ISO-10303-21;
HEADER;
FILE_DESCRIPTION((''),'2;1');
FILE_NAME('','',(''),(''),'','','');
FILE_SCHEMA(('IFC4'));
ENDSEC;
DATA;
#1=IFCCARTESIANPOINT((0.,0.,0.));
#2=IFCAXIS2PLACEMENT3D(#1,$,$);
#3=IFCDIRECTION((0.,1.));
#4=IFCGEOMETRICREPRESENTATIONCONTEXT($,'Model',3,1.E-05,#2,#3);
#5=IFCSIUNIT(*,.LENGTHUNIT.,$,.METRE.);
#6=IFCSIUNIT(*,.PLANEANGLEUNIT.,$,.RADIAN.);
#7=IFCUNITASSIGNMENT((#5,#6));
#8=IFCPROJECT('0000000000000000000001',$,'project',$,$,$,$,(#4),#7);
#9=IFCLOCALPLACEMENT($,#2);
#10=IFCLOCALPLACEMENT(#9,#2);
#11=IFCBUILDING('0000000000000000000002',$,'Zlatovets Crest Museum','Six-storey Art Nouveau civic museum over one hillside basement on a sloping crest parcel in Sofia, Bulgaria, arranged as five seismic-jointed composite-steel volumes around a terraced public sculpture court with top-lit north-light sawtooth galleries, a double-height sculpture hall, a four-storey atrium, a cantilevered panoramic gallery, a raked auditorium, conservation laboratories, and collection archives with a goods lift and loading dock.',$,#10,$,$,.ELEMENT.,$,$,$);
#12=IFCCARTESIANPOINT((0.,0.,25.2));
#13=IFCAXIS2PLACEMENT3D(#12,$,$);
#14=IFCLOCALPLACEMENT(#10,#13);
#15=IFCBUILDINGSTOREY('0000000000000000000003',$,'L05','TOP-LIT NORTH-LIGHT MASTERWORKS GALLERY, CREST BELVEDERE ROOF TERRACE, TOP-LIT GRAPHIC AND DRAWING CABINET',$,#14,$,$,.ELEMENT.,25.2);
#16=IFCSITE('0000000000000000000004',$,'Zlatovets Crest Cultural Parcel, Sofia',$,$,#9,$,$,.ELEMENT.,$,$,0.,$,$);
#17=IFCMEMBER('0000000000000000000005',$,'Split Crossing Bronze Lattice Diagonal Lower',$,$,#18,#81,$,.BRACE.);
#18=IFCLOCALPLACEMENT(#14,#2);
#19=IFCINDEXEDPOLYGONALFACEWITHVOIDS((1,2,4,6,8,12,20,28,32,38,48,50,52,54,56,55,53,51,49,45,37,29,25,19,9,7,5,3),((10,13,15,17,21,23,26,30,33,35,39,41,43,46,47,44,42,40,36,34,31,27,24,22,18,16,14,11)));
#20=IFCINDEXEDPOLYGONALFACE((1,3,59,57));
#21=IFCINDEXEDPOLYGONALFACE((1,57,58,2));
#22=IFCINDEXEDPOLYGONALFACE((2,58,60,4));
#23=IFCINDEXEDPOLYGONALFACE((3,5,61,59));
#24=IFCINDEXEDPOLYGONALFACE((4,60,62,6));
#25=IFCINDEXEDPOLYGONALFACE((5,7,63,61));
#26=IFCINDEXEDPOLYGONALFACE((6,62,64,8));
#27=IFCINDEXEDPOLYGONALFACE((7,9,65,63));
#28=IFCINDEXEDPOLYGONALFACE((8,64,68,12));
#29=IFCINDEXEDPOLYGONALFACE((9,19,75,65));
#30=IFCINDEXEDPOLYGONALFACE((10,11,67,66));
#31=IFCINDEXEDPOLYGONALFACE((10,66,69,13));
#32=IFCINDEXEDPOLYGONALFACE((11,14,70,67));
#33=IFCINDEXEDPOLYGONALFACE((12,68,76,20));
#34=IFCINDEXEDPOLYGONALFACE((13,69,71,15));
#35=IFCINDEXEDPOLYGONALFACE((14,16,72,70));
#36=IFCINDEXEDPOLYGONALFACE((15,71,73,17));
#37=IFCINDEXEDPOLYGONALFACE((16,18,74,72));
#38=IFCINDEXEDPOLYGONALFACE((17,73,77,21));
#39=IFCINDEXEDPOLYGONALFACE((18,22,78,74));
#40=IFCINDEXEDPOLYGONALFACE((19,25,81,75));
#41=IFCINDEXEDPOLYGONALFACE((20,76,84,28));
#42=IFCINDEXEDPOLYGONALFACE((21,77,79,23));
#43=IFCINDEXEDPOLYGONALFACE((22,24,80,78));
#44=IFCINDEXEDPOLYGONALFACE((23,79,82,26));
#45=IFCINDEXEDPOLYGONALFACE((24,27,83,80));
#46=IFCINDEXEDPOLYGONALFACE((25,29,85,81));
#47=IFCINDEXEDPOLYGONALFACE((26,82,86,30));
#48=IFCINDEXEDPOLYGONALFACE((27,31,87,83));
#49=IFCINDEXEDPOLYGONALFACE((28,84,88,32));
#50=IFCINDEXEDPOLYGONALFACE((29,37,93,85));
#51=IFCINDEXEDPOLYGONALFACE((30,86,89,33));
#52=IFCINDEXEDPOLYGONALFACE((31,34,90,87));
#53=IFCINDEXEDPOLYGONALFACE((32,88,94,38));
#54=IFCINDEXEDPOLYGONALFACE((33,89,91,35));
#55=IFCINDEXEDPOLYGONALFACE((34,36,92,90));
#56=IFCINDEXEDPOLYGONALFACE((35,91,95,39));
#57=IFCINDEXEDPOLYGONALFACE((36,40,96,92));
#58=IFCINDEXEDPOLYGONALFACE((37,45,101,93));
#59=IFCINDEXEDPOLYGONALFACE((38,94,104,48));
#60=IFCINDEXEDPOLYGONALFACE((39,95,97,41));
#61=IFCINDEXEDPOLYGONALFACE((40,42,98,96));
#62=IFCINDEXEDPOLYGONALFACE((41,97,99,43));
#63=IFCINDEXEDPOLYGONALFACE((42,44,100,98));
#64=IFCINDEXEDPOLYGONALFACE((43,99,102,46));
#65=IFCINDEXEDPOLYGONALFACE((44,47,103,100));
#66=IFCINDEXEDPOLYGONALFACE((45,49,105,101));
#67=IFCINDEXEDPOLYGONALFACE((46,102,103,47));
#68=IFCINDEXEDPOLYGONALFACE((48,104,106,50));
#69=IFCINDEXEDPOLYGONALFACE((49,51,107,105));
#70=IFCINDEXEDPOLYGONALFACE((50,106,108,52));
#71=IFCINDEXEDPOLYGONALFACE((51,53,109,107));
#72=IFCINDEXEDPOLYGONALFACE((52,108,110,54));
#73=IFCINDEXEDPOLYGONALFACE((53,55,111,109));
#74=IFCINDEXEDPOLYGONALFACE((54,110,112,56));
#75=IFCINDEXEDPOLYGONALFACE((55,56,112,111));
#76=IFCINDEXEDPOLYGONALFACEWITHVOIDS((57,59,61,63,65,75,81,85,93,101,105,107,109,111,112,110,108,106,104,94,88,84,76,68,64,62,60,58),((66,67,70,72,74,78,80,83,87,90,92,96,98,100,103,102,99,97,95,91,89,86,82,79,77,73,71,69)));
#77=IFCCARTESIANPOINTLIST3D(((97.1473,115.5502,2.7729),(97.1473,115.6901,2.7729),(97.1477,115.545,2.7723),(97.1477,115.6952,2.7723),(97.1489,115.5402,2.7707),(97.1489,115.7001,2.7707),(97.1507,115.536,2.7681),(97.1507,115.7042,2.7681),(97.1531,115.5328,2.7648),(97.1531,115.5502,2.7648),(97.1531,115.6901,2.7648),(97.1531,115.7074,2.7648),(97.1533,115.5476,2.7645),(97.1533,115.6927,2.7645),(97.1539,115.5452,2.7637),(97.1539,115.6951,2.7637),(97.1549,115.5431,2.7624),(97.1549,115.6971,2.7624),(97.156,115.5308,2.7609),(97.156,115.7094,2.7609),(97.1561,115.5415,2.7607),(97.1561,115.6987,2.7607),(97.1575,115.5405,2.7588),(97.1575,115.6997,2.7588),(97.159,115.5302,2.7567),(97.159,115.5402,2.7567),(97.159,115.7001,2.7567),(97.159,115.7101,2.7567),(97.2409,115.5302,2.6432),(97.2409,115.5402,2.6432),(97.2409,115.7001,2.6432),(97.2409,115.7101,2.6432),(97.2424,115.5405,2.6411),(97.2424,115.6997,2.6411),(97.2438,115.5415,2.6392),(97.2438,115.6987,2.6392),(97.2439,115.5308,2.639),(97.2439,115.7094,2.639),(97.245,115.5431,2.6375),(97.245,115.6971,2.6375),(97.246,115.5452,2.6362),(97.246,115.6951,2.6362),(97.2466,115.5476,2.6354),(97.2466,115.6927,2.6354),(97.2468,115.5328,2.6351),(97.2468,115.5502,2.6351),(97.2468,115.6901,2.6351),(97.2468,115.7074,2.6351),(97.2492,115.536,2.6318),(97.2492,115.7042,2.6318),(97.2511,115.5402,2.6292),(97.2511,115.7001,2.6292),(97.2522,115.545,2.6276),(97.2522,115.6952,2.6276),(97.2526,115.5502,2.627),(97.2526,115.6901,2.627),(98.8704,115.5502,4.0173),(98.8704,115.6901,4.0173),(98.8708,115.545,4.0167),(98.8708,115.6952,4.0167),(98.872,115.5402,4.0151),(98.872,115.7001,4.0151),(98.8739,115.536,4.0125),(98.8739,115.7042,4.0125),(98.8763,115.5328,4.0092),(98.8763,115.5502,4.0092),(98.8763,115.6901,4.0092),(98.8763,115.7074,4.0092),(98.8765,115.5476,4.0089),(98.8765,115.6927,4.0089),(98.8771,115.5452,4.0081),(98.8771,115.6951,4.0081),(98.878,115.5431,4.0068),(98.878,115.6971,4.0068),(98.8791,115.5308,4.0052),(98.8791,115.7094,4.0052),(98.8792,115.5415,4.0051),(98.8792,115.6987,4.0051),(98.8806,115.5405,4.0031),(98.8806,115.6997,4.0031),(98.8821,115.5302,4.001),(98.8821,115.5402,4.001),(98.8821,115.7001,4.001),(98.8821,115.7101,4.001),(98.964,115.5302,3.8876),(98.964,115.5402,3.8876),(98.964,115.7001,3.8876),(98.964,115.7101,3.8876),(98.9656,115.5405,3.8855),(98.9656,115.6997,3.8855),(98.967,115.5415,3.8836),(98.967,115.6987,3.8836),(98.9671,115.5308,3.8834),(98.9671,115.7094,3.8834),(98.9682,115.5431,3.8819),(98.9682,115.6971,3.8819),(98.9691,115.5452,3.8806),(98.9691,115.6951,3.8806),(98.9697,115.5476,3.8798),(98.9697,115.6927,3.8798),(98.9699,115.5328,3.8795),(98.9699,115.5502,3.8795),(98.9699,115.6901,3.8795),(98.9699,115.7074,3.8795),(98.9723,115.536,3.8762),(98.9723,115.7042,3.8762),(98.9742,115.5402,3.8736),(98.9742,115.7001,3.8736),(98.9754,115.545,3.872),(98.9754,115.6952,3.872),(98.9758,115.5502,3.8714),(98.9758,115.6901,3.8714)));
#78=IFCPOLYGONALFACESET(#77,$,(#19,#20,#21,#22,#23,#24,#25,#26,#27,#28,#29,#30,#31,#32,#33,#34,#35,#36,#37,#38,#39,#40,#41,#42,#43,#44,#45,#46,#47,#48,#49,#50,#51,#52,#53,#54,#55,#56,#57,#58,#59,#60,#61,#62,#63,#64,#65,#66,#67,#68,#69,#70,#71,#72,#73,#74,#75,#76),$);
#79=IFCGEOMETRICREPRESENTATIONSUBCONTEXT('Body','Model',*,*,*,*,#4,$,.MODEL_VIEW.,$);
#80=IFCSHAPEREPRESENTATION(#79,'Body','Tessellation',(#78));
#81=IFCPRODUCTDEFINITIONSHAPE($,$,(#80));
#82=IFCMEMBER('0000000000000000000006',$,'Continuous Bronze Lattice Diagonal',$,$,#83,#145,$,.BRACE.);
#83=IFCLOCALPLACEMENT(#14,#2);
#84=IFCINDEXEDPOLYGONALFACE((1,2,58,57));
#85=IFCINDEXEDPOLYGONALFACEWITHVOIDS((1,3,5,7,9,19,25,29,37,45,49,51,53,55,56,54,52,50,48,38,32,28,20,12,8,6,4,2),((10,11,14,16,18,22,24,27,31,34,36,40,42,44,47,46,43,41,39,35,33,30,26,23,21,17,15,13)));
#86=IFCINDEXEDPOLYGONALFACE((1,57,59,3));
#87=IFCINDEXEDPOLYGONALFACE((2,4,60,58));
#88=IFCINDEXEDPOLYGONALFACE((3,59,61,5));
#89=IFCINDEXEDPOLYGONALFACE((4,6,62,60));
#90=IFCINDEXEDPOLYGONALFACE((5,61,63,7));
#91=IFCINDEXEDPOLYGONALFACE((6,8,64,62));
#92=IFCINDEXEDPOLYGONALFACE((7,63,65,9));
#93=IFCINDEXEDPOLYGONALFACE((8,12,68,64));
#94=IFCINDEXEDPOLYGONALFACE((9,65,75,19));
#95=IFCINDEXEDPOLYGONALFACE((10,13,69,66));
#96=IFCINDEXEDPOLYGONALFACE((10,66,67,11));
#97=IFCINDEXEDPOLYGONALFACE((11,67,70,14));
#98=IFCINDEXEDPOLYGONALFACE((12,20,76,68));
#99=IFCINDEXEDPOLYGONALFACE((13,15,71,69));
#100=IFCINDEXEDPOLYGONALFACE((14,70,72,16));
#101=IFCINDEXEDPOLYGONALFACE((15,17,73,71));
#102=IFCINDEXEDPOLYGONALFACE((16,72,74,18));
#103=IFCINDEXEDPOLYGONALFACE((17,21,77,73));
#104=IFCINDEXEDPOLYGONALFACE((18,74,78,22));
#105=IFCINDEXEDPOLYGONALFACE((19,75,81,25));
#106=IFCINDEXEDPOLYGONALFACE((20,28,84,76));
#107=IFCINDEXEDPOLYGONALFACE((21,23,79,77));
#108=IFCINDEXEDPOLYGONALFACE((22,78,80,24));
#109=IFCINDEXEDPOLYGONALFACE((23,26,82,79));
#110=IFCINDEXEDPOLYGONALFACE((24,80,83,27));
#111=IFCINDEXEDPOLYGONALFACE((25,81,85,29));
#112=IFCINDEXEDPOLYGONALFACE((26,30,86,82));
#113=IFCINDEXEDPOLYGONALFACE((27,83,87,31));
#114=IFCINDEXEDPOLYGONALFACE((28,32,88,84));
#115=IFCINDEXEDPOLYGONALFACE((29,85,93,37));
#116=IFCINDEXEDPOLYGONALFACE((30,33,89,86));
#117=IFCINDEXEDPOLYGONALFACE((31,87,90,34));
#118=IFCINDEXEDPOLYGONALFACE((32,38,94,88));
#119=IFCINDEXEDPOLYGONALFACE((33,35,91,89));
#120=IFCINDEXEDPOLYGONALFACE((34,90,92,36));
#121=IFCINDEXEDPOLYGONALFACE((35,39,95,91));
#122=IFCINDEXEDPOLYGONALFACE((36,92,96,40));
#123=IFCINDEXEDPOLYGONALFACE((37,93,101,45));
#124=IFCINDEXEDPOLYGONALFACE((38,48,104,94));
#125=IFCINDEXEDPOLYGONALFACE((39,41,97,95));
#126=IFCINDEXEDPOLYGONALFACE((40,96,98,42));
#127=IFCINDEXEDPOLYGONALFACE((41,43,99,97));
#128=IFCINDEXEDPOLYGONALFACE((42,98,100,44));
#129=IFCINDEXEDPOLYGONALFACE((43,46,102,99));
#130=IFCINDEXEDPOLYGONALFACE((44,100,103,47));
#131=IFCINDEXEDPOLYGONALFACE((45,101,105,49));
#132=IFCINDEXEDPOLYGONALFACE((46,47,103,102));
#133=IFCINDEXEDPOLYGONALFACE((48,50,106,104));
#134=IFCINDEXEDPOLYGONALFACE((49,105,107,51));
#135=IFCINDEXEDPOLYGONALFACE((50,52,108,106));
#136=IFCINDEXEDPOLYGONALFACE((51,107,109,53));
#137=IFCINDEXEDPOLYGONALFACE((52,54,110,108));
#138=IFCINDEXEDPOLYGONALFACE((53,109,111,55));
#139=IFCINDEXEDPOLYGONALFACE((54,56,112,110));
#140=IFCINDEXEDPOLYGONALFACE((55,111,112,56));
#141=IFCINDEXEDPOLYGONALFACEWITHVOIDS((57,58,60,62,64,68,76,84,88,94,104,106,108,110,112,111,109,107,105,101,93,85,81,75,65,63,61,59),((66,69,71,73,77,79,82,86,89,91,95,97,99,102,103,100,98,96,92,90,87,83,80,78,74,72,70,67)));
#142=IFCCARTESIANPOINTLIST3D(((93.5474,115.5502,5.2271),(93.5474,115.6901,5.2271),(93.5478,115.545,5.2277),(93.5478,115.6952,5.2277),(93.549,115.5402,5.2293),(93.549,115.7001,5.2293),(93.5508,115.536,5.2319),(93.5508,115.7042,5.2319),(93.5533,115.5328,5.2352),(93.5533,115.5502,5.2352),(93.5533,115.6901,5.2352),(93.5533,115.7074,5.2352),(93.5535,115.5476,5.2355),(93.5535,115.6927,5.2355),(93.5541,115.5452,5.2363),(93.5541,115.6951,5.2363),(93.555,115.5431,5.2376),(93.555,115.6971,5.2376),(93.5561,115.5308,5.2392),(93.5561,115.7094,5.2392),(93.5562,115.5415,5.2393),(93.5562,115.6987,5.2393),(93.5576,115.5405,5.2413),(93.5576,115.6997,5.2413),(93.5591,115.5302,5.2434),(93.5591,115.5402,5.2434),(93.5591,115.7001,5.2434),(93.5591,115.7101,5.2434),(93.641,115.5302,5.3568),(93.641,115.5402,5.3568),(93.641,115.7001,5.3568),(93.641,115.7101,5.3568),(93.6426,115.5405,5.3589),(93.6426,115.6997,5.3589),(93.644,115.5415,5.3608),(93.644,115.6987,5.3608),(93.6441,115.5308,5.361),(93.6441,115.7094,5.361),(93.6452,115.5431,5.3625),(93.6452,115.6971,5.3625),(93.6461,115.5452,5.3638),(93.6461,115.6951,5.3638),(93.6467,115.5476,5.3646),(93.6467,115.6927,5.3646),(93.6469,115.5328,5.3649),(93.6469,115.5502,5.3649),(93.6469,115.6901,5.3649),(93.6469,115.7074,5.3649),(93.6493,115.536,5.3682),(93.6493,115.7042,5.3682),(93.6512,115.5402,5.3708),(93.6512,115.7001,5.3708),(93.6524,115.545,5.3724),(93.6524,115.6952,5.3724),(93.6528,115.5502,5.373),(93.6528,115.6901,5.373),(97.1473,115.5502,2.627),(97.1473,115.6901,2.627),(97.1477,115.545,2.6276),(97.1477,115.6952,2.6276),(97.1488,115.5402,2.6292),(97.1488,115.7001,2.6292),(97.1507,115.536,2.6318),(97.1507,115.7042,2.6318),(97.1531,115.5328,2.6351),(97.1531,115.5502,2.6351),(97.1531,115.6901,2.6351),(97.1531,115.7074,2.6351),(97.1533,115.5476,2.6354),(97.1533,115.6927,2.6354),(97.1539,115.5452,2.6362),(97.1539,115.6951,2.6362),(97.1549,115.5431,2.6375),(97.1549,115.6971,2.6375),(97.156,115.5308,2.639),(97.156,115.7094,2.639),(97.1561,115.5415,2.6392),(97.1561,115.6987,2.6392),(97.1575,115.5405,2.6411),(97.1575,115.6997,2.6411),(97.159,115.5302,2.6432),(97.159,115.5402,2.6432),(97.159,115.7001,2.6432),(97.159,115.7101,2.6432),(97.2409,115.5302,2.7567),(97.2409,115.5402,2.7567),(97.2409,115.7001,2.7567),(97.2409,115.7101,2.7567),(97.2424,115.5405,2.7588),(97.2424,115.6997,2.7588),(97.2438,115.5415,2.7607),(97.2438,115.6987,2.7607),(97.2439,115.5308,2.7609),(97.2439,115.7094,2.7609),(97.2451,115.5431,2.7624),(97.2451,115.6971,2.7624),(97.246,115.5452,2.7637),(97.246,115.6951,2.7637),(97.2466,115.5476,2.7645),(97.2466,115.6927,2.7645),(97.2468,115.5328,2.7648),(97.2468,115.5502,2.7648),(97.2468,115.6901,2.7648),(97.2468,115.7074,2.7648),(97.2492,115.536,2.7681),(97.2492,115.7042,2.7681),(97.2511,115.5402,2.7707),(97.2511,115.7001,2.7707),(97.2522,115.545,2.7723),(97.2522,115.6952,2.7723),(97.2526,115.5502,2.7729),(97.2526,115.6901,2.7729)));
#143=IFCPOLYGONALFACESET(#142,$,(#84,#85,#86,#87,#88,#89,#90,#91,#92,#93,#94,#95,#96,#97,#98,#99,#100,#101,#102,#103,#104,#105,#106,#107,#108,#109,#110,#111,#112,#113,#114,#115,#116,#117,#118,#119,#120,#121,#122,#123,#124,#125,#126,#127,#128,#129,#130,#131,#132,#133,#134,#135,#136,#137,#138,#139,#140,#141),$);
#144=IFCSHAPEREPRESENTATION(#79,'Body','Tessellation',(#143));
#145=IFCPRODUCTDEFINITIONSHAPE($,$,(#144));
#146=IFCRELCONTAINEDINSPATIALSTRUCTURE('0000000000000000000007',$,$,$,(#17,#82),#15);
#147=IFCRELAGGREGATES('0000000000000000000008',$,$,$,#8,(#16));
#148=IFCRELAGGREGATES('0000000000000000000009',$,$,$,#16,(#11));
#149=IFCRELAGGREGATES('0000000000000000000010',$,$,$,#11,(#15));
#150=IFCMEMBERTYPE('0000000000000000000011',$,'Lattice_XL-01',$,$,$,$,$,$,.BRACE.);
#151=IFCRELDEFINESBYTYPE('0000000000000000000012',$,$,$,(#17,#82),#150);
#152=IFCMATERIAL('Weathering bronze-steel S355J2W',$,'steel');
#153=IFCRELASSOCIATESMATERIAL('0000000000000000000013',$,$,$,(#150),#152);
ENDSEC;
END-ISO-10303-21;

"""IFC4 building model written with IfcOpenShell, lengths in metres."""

from ifc_helpers import new_model, si_unit, direction, frame, origin, origin_2d, place, context, subcontext, project, spatial, hollow_rectangle, extrude, material, material_profile, profile_set, type_object, element, save


model = new_model("IFC4")

# Units and contexts
model_context = context("Model", 3, precision=1e-05, world=origin(), true_north=direction((0.0, 1.0)))
body_context = subcontext(model_context, "Body", "Model", "MODEL_VIEW")
ifc_project = project(units=[si_unit("LENGTHUNIT", "METRE"), si_unit("PLANEANGLEUNIT", "RADIAN")], contexts=[model_context])

# Site, building, storey
site_placement = place(None, origin())
site = spatial("IfcSite", under=ifc_project, at=site_placement, Name="Zlatovets Crest Cultural Parcel, Sofia", CompositionType="ELEMENT", RefElevation=0.0)
building_placement = place(site_placement, origin())
building = spatial("IfcBuilding", under=site, at=building_placement, Name="Zlatovets Crest Museum", Description="Six-storey Art Nouveau civic museum over one hillside basement on a sloping crest parcel in Sofia, Bulgaria, arranged as five seismic-jointed composite-steel volumes around a terraced public sculpture court with top-lit north-light sawtooth galleries, a double-height sculpture hall, a four-storey atrium, a cantilevered panoramic gallery, a raked auditorium, conservation laboratories, and collection archives with a goods lift and loading dock.", CompositionType="ELEMENT")
storey_placement = place(building_placement, frame((0.0, 0.0, 25.2)))
storey = spatial("IfcBuildingStorey", under=building, at=storey_placement, Name="L05", Description="TOP-LIT NORTH-LIGHT MASTERWORKS GALLERY, CREST BELVEDERE ROOF TERRACE, TOP-LIT GRAPHIC AND DRAWING CABINET", CompositionType="ELEMENT", Elevation=25.2)

# Members
ifc_material_1 = material(Name="Weathering bronze-steel S355J2W", Category="steel")
ifc_material_profile_1 = material_profile(ifc_material_1, hollow_rectangle(XDim=0.1799, YDim=0.1799, WallThickness=0.01, InnerFilletRadius=0.01, OuterFilletRadius=0.02, at=origin_2d()), Name="SHS 180x180x10.0")
ifc_profile_set_1 = profile_set([ifc_material_profile_1], Name="Weathering bronze-steel S355J2W")
member_type_1 = type_object("IfcMemberType", Name="Lattice_XL-01", PredefinedType="BRACE", material=ifc_profile_set_1)
for number, where, z_axis, x_axis, name in (
    (1, (98.9231, 115.6201, 3.9443), (-0.810703, 0.0, -0.585457), (0.0, -1.0, 0.0), "Split Crossing Bronze Lattice Diagonal Lower"),
):
    element("IfcMember", number, at=place(storey_placement, frame(where, z_axis=z_axis, x_axis=x_axis)), inside=storey, type_object=member_type_1, Name=name, PredefinedType="BRACE", context=body_context, shape_type="SweptSolid", body=[
        extrude(hollow_rectangle(XDim=0.1799, YDim=0.1799, WallThickness=0.01, InnerFilletRadius=0.01, OuterFilletRadius=0.02, at=origin_2d()), origin(), (0.0, 0.0, 1.0), 2.1255),
    ])
member_1_placement = place(storey_placement, frame((97.2, 115.6201, 2.7), z_axis=(-0.810657, 0.0, 0.585521), x_axis=(0.0, -1.0, 0.0)))
element("IfcMember", 2, at=member_1_placement, inside=storey, type_object=member_type_1, Name="Continuous Bronze Lattice Diagonal", PredefinedType="BRACE", context=body_context, shape_type="SweptSolid", body=[
    extrude(hollow_rectangle(XDim=0.1799, YDim=0.1799, WallThickness=0.01, InnerFilletRadius=0.01, OuterFilletRadius=0.02, at=origin_2d()), origin(), (0.0, 0.0, 1.0), 4.4407),
])

save(model, "model.ifc")
